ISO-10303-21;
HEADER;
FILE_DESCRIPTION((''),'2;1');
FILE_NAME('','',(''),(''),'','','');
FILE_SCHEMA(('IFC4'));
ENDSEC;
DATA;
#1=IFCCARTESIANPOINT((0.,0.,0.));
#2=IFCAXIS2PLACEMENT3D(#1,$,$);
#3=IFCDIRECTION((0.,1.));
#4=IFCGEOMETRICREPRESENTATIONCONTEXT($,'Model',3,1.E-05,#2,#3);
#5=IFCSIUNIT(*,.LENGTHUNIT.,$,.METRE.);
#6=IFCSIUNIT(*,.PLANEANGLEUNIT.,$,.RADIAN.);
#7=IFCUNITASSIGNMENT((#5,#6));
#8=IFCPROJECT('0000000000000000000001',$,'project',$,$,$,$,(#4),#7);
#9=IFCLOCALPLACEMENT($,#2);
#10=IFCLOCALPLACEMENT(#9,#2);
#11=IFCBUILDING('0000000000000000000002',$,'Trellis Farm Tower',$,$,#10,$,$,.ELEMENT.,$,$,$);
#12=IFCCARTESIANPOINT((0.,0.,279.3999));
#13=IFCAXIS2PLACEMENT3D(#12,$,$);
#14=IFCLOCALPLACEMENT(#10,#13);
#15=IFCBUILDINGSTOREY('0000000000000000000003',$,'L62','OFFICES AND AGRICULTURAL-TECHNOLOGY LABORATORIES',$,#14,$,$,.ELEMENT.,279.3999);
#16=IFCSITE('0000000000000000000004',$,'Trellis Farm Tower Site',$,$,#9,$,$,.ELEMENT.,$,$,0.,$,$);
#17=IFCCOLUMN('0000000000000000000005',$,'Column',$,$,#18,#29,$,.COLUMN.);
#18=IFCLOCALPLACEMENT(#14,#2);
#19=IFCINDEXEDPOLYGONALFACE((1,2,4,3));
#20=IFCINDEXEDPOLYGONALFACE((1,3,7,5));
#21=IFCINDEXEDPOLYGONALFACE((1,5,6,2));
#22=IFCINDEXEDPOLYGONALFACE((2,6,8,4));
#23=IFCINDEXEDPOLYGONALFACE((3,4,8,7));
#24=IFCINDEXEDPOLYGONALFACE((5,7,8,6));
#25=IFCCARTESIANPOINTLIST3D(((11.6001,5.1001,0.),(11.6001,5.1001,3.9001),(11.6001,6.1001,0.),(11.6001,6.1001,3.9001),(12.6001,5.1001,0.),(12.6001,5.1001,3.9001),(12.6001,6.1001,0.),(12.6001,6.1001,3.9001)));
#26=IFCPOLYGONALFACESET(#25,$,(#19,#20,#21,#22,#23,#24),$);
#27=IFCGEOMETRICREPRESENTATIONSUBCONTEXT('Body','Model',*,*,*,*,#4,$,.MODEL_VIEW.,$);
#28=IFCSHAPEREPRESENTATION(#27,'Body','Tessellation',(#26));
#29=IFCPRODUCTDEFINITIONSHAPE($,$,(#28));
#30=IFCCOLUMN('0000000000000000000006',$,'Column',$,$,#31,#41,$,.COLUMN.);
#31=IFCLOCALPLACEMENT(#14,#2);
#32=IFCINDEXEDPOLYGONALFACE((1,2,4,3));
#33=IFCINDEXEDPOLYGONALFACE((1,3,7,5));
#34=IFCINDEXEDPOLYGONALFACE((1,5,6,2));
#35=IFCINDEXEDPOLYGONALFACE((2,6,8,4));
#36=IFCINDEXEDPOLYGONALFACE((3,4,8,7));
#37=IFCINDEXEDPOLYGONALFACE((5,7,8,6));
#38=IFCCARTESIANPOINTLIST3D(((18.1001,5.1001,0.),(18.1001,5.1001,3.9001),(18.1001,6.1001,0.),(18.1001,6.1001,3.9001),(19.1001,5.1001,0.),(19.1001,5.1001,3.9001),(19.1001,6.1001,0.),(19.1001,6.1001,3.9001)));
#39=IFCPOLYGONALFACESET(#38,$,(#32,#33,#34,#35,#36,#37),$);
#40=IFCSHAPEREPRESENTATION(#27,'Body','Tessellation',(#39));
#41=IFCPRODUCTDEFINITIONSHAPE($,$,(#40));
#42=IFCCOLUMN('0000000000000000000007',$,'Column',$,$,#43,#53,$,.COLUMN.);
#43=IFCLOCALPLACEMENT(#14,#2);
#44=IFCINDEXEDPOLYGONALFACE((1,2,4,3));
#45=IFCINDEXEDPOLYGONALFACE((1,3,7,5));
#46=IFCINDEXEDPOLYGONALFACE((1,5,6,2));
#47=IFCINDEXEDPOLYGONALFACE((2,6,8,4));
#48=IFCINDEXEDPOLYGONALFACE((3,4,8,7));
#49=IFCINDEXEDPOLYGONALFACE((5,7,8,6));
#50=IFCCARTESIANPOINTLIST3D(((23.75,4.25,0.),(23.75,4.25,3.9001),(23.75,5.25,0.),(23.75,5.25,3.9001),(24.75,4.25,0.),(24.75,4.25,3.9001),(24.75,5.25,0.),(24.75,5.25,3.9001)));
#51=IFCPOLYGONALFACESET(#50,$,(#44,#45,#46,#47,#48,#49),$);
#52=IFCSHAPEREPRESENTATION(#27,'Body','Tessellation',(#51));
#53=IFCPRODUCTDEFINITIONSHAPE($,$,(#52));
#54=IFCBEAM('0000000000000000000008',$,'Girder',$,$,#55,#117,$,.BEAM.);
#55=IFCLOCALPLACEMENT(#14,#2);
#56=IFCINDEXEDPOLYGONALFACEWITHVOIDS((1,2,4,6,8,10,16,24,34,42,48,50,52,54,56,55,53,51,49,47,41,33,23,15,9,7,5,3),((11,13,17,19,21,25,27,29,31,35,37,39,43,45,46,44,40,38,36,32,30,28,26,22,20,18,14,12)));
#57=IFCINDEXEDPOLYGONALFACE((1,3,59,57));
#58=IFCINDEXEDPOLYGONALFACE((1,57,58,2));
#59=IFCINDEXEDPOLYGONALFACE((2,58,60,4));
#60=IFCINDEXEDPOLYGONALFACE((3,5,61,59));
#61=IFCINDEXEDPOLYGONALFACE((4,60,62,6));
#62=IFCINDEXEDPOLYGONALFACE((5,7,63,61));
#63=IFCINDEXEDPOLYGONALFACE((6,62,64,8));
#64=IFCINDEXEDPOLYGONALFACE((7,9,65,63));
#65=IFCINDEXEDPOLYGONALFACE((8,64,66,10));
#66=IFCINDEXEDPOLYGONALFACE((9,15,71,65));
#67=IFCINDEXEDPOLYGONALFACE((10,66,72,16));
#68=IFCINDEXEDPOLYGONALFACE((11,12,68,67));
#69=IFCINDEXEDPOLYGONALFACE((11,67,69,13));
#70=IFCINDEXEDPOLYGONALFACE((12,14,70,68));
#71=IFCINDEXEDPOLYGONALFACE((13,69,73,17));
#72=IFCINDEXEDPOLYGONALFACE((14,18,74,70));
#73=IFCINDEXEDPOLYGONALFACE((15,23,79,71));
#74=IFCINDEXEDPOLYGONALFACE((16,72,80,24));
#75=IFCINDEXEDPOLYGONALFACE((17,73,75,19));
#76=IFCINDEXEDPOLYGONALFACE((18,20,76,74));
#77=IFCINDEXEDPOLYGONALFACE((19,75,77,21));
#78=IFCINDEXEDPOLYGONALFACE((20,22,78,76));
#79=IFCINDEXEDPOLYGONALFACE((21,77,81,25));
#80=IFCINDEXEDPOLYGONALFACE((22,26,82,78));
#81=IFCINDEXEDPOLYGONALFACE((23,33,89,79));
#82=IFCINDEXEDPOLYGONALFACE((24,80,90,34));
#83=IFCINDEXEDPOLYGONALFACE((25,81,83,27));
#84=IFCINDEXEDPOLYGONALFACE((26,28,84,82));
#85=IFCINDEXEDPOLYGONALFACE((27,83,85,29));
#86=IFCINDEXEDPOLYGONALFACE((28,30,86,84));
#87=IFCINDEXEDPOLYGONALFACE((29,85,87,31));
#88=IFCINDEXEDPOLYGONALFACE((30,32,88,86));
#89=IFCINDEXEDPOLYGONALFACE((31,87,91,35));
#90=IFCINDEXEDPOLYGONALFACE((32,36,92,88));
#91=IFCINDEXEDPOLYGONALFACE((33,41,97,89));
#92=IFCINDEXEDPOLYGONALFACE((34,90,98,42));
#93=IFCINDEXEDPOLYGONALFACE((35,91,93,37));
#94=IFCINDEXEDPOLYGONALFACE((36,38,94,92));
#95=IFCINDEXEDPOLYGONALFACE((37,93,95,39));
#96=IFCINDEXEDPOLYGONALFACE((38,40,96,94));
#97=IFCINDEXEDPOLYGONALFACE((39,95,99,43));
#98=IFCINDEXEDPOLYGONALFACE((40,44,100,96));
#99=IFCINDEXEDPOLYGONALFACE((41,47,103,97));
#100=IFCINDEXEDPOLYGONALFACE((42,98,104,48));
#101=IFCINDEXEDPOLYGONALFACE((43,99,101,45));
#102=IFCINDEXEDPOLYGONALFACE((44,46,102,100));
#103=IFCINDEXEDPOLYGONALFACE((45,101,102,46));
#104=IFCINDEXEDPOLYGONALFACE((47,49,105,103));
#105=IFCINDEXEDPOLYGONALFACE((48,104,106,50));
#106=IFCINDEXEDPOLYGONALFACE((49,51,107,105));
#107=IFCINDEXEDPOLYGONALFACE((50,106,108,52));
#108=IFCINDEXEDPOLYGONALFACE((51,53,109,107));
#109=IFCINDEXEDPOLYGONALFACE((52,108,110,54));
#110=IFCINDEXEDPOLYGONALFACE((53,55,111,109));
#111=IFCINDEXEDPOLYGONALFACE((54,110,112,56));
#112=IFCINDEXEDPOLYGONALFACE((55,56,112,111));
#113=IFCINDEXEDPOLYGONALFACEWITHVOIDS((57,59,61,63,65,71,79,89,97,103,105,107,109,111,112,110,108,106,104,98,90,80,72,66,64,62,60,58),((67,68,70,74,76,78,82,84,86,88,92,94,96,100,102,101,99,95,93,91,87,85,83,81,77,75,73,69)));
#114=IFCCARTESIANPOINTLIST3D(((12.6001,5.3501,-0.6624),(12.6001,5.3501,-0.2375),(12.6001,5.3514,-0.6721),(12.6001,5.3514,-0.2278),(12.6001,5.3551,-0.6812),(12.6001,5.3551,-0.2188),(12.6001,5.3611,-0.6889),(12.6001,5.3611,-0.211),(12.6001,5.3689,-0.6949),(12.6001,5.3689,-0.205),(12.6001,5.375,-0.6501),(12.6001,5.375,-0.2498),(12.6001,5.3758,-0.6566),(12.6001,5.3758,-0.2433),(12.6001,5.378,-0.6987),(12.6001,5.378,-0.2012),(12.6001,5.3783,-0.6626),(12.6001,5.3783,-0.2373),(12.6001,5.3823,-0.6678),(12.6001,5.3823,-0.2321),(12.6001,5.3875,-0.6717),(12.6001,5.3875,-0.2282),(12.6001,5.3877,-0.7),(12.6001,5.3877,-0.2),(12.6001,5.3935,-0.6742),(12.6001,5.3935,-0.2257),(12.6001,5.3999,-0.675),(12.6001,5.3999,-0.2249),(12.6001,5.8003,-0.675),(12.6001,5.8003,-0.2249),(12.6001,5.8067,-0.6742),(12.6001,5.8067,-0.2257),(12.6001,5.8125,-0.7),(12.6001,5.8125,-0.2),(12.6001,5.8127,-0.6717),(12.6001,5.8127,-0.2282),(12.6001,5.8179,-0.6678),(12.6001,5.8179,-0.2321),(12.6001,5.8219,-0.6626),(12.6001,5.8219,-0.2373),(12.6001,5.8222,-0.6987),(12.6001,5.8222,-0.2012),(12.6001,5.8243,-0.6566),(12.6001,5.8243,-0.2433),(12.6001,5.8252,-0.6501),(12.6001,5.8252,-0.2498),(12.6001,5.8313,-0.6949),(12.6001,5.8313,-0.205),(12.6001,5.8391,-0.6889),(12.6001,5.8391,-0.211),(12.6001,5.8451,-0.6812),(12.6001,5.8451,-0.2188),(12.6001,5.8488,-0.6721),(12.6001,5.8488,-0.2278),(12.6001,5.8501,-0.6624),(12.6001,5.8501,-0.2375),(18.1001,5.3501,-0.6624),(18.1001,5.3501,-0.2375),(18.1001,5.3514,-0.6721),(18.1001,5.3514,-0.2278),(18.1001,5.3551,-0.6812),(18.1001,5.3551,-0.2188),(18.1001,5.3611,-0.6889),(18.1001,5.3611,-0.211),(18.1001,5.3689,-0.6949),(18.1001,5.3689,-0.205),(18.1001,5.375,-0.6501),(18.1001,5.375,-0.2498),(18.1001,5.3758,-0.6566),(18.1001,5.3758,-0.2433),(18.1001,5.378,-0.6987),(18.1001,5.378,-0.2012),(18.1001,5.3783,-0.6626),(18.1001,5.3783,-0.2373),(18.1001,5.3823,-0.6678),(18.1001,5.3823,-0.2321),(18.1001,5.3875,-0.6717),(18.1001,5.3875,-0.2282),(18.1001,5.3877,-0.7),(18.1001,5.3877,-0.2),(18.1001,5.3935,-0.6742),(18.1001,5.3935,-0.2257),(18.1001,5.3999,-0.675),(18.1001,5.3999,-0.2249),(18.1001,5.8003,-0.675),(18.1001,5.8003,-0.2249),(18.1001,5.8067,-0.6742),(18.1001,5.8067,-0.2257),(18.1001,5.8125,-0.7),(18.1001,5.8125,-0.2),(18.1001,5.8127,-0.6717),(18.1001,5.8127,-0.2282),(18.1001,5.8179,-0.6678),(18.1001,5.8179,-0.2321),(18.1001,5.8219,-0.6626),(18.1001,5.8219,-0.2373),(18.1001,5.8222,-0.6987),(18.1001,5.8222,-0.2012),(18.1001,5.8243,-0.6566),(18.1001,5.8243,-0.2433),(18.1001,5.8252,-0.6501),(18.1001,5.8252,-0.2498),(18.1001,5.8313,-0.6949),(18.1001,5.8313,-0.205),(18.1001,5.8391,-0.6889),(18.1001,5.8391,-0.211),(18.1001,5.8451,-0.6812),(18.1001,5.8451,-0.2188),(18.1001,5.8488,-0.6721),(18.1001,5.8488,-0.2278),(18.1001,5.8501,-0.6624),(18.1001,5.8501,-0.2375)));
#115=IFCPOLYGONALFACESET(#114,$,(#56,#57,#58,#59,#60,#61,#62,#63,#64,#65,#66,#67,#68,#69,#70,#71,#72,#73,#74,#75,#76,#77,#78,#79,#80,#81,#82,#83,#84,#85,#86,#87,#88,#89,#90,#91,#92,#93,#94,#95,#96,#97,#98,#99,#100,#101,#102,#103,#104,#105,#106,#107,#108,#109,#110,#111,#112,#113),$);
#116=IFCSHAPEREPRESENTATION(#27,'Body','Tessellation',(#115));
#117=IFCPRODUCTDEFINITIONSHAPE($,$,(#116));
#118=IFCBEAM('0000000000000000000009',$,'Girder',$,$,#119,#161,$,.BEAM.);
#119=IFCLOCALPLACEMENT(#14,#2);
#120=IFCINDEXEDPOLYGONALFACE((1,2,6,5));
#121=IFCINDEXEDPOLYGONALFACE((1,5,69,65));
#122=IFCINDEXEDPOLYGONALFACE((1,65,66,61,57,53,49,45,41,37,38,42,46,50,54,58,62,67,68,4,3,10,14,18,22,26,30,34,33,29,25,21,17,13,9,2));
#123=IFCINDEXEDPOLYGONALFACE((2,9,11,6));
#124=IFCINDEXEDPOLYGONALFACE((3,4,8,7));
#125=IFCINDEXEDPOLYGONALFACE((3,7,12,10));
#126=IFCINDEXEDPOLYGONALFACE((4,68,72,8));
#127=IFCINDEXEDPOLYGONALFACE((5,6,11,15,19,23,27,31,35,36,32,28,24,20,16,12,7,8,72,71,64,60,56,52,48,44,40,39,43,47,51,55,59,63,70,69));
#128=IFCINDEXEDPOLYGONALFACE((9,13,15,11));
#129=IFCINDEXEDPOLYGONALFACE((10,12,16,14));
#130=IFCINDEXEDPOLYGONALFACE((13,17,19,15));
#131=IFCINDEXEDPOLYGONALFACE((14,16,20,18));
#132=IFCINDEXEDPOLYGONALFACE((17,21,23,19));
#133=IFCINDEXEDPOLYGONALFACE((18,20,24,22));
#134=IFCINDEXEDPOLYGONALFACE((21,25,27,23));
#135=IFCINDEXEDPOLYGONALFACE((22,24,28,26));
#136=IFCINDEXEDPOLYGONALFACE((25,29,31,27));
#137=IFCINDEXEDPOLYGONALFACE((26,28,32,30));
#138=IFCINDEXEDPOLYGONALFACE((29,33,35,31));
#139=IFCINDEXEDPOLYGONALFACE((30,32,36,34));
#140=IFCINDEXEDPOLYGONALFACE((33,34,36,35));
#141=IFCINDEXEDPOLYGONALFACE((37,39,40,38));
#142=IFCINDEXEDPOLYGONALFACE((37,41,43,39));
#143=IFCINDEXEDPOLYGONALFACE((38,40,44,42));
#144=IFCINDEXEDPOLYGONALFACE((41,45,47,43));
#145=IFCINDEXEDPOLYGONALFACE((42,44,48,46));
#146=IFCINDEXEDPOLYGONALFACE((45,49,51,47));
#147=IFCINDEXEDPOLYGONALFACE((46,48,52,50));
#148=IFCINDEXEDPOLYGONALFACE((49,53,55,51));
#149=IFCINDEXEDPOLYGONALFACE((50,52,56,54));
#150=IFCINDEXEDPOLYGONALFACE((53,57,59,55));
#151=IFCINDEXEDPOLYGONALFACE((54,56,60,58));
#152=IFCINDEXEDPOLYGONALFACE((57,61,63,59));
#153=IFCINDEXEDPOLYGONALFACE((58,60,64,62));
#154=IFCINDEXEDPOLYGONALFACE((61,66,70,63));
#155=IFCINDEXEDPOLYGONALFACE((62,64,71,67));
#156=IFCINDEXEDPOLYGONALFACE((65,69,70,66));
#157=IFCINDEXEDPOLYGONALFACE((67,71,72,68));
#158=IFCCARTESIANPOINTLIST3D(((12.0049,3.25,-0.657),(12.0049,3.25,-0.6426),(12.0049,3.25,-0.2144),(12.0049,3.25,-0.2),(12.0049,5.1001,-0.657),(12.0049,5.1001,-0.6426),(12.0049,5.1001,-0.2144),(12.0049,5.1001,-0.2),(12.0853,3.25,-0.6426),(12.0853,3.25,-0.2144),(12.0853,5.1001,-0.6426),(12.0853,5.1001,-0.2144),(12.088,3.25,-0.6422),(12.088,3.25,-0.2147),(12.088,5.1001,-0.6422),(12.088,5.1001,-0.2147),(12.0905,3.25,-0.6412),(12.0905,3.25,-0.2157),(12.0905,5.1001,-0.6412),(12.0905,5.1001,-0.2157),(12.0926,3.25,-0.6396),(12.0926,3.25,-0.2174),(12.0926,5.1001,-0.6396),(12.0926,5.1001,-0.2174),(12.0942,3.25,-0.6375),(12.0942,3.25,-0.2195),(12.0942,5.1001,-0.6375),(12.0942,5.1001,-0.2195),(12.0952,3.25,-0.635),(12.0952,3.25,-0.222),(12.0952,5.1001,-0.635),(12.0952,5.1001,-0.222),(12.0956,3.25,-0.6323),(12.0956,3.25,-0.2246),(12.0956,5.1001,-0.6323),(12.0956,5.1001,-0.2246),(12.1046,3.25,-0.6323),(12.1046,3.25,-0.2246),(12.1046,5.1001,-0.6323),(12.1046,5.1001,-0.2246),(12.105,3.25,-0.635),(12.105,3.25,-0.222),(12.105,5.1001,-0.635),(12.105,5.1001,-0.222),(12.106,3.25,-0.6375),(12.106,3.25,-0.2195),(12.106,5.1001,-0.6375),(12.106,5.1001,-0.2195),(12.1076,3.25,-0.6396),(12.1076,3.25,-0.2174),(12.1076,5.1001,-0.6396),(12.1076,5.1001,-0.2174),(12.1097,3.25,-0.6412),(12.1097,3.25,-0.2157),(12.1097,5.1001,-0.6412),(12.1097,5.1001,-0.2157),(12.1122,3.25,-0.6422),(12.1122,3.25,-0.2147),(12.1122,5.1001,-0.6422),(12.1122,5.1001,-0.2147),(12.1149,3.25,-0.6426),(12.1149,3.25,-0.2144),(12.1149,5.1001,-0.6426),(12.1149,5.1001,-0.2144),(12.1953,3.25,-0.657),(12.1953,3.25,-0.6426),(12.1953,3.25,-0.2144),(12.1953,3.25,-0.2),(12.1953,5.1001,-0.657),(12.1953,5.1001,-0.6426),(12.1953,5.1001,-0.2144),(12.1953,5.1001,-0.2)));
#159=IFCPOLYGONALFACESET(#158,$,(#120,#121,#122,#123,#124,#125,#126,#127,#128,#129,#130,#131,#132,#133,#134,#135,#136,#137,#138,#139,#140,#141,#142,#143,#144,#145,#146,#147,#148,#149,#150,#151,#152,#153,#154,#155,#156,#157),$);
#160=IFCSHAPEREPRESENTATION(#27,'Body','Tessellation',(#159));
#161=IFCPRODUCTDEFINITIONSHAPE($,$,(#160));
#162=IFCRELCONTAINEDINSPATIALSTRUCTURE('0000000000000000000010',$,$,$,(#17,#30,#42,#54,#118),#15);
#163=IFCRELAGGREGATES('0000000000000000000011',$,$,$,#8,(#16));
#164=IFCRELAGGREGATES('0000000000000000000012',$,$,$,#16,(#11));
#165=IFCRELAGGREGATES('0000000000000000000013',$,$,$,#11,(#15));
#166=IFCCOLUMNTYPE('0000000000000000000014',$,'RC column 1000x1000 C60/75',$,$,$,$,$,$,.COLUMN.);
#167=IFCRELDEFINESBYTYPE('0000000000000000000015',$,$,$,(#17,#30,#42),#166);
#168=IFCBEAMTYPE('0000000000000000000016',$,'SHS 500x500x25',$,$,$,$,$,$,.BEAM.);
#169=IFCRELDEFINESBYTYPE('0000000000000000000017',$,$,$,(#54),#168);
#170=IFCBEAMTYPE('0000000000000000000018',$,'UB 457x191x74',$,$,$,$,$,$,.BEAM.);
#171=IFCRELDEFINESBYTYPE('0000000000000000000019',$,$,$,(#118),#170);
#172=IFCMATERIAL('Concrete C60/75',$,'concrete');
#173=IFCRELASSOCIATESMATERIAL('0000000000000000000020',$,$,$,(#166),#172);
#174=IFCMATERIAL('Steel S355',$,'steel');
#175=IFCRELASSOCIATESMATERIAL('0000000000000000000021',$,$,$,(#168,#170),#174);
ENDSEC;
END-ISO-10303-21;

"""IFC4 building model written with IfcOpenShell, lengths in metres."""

from ifc_helpers import new_model, si_unit, direction, frame, origin, origin_2d, place, context, subcontext, project, spatial, rectangle, hollow_rectangle, i_section, extrude, source, transform, mapped, material, material_profile, profile_set, type_object, element, save


model = new_model("IFC4")

# Units and contexts
model_context = context("Model", 3, precision=1e-05, world=origin(), true_north=direction((0.0, 1.0)))
body_context = subcontext(model_context, "Body", "Model", "MODEL_VIEW")
ifc_project = project(units=[si_unit("LENGTHUNIT", "METRE"), si_unit("PLANEANGLEUNIT", "RADIAN")], contexts=[model_context])

# Site, building, storey
site_placement = place(None, origin())
site = spatial("IfcSite", under=ifc_project, at=site_placement, Name="Trellis Farm Tower Site", CompositionType="ELEMENT", RefElevation=0.0)
building_placement = place(site_placement, origin())
building = spatial("IfcBuilding", under=site, at=building_placement, Name="Trellis Farm Tower", CompositionType="ELEMENT")
storey_placement = place(building_placement, frame((0.0, 0.0, 279.3999)))
storey = spatial("IfcBuildingStorey", under=building, at=storey_placement, Name="L62", Description="OFFICES AND AGRICULTURAL-TECHNOLOGY LABORATORIES", CompositionType="ELEMENT", Elevation=279.3999)

# Columns
ifc_material_1 = material(Name="Concrete C60/75", Category="concrete")
ifc_material_profile_1 = material_profile(ifc_material_1, rectangle(XDim=1.0, YDim=1.0, at=origin_2d()), Name="RC column 1000x1000 C60/75")
ifc_profile_set_1 = profile_set([ifc_material_profile_1], Name="Concrete C60/75")
column_type = type_object("IfcColumnType", Name="RC column 1000x1000 C60/75", PredefinedType="COLUMN", material=ifc_profile_set_1)
shared_shape_1 = source(origin(), body_context, "Body", "SweptSolid", [
    extrude(rectangle(XDim=1.0, YDim=1.0, at=origin_2d()), origin(), (0.0, 0.0, 1.0), 3.9001),
])
for number, where, z_axis, x_axis, name in (
    (1, (12.1001, 5.6001, 0.0), (0.0, 0.0, 1.0), (1.0, 0.0, 0.0), "Column"),
    (2, (18.6001, 5.6001, 0.0), (0.0, 0.0, 1.0), (1.0, 0.0, 0.0), "Column"),
    (3, (24.25, 4.75, 0.0), (0.0, 0.0, 1.0), (1.0, 0.0, 0.0), "Column"),
):
    element("IfcColumn", number, at=place(storey_placement, frame(where, z_axis=z_axis, x_axis=x_axis)), inside=storey, type_object=column_type, Name=name, PredefinedType="COLUMN", context=body_context, shape_type="MappedRepresentation", body=[
        mapped(shared_shape_1, transform((0.0, 0.0, 0.0))),
    ])

# Beams
ifc_material_2 = material(Name="Steel S355", Category="steel")
ifc_material_profile_2 = material_profile(ifc_material_2, hollow_rectangle(XDim=0.5, YDim=0.5, WallThickness=0.0249, InnerFilletRadius=0.0249, OuterFilletRadius=0.0376, at=origin_2d()), Name="SHS 500x500x25")
ifc_profile_set_2 = profile_set([ifc_material_profile_2], Name="Steel S355")
beam_type_1 = type_object("IfcBeamType", Name="SHS 500x500x25", PredefinedType="BEAM", material=ifc_profile_set_2)
shared_shape_2 = source(origin(), body_context, "Body", "SweptSolid", [
    extrude(hollow_rectangle(XDim=0.5, YDim=0.5, WallThickness=0.0249, InnerFilletRadius=0.0249, OuterFilletRadius=0.0376, at=origin_2d()), origin(), (0.0, 0.0, 1.0), 5.5),
])
beam_1_placement = place(storey_placement, frame((12.6001, 5.6001, -0.45), z_axis=(1.0, 0.0, 0.0), x_axis=(0.0, 1.0, 0.0)))
element("IfcBeam", 4, at=beam_1_placement, inside=storey, type_object=beam_type_1, Name="Girder", PredefinedType="BEAM", context=body_context, shape_type="MappedRepresentation", body=[
    mapped(shared_shape_2, transform((0.0, 0.0, 0.0))),
])
ifc_material_profile_3 = material_profile(ifc_material_2, i_section(OverallWidth=0.1904, OverallDepth=0.457, WebThickness=0.009, FlangeThickness=0.0144, FilletRadius=0.0103, at=origin_2d()), Name="UB 457x191x74")
ifc_profile_set_3 = profile_set([ifc_material_profile_3], Name="Steel S355")
beam_type_2 = type_object("IfcBeamType", Name="UB 457x191x74", PredefinedType="BEAM", material=ifc_profile_set_3)
shared_shape_3 = source(origin(), body_context, "Body", "SweptSolid", [
    extrude(i_section(OverallWidth=0.1904, OverallDepth=0.457, WebThickness=0.009, FlangeThickness=0.0144, FilletRadius=0.0103, at=origin_2d()), origin(), (0.0, 0.0, 1.0), 1.8501),
])
for number, where, z_axis, x_axis, name in (
    (5, (12.1001, 3.25, -0.4285), (0.0, 1.0, 0.0), (-1.0, 0.0, 0.0), "Girder"),
):
    element("IfcBeam", number, at=place(storey_placement, frame(where, z_axis=z_axis, x_axis=x_axis)), inside=storey, type_object=beam_type_2, Name=name, PredefinedType="BEAM", context=body_context, shape_type="MappedRepresentation", body=[
        mapped(shared_shape_3, transform((0.0, 0.0, 0.0))),
    ])

save(model, "model.ifc")
